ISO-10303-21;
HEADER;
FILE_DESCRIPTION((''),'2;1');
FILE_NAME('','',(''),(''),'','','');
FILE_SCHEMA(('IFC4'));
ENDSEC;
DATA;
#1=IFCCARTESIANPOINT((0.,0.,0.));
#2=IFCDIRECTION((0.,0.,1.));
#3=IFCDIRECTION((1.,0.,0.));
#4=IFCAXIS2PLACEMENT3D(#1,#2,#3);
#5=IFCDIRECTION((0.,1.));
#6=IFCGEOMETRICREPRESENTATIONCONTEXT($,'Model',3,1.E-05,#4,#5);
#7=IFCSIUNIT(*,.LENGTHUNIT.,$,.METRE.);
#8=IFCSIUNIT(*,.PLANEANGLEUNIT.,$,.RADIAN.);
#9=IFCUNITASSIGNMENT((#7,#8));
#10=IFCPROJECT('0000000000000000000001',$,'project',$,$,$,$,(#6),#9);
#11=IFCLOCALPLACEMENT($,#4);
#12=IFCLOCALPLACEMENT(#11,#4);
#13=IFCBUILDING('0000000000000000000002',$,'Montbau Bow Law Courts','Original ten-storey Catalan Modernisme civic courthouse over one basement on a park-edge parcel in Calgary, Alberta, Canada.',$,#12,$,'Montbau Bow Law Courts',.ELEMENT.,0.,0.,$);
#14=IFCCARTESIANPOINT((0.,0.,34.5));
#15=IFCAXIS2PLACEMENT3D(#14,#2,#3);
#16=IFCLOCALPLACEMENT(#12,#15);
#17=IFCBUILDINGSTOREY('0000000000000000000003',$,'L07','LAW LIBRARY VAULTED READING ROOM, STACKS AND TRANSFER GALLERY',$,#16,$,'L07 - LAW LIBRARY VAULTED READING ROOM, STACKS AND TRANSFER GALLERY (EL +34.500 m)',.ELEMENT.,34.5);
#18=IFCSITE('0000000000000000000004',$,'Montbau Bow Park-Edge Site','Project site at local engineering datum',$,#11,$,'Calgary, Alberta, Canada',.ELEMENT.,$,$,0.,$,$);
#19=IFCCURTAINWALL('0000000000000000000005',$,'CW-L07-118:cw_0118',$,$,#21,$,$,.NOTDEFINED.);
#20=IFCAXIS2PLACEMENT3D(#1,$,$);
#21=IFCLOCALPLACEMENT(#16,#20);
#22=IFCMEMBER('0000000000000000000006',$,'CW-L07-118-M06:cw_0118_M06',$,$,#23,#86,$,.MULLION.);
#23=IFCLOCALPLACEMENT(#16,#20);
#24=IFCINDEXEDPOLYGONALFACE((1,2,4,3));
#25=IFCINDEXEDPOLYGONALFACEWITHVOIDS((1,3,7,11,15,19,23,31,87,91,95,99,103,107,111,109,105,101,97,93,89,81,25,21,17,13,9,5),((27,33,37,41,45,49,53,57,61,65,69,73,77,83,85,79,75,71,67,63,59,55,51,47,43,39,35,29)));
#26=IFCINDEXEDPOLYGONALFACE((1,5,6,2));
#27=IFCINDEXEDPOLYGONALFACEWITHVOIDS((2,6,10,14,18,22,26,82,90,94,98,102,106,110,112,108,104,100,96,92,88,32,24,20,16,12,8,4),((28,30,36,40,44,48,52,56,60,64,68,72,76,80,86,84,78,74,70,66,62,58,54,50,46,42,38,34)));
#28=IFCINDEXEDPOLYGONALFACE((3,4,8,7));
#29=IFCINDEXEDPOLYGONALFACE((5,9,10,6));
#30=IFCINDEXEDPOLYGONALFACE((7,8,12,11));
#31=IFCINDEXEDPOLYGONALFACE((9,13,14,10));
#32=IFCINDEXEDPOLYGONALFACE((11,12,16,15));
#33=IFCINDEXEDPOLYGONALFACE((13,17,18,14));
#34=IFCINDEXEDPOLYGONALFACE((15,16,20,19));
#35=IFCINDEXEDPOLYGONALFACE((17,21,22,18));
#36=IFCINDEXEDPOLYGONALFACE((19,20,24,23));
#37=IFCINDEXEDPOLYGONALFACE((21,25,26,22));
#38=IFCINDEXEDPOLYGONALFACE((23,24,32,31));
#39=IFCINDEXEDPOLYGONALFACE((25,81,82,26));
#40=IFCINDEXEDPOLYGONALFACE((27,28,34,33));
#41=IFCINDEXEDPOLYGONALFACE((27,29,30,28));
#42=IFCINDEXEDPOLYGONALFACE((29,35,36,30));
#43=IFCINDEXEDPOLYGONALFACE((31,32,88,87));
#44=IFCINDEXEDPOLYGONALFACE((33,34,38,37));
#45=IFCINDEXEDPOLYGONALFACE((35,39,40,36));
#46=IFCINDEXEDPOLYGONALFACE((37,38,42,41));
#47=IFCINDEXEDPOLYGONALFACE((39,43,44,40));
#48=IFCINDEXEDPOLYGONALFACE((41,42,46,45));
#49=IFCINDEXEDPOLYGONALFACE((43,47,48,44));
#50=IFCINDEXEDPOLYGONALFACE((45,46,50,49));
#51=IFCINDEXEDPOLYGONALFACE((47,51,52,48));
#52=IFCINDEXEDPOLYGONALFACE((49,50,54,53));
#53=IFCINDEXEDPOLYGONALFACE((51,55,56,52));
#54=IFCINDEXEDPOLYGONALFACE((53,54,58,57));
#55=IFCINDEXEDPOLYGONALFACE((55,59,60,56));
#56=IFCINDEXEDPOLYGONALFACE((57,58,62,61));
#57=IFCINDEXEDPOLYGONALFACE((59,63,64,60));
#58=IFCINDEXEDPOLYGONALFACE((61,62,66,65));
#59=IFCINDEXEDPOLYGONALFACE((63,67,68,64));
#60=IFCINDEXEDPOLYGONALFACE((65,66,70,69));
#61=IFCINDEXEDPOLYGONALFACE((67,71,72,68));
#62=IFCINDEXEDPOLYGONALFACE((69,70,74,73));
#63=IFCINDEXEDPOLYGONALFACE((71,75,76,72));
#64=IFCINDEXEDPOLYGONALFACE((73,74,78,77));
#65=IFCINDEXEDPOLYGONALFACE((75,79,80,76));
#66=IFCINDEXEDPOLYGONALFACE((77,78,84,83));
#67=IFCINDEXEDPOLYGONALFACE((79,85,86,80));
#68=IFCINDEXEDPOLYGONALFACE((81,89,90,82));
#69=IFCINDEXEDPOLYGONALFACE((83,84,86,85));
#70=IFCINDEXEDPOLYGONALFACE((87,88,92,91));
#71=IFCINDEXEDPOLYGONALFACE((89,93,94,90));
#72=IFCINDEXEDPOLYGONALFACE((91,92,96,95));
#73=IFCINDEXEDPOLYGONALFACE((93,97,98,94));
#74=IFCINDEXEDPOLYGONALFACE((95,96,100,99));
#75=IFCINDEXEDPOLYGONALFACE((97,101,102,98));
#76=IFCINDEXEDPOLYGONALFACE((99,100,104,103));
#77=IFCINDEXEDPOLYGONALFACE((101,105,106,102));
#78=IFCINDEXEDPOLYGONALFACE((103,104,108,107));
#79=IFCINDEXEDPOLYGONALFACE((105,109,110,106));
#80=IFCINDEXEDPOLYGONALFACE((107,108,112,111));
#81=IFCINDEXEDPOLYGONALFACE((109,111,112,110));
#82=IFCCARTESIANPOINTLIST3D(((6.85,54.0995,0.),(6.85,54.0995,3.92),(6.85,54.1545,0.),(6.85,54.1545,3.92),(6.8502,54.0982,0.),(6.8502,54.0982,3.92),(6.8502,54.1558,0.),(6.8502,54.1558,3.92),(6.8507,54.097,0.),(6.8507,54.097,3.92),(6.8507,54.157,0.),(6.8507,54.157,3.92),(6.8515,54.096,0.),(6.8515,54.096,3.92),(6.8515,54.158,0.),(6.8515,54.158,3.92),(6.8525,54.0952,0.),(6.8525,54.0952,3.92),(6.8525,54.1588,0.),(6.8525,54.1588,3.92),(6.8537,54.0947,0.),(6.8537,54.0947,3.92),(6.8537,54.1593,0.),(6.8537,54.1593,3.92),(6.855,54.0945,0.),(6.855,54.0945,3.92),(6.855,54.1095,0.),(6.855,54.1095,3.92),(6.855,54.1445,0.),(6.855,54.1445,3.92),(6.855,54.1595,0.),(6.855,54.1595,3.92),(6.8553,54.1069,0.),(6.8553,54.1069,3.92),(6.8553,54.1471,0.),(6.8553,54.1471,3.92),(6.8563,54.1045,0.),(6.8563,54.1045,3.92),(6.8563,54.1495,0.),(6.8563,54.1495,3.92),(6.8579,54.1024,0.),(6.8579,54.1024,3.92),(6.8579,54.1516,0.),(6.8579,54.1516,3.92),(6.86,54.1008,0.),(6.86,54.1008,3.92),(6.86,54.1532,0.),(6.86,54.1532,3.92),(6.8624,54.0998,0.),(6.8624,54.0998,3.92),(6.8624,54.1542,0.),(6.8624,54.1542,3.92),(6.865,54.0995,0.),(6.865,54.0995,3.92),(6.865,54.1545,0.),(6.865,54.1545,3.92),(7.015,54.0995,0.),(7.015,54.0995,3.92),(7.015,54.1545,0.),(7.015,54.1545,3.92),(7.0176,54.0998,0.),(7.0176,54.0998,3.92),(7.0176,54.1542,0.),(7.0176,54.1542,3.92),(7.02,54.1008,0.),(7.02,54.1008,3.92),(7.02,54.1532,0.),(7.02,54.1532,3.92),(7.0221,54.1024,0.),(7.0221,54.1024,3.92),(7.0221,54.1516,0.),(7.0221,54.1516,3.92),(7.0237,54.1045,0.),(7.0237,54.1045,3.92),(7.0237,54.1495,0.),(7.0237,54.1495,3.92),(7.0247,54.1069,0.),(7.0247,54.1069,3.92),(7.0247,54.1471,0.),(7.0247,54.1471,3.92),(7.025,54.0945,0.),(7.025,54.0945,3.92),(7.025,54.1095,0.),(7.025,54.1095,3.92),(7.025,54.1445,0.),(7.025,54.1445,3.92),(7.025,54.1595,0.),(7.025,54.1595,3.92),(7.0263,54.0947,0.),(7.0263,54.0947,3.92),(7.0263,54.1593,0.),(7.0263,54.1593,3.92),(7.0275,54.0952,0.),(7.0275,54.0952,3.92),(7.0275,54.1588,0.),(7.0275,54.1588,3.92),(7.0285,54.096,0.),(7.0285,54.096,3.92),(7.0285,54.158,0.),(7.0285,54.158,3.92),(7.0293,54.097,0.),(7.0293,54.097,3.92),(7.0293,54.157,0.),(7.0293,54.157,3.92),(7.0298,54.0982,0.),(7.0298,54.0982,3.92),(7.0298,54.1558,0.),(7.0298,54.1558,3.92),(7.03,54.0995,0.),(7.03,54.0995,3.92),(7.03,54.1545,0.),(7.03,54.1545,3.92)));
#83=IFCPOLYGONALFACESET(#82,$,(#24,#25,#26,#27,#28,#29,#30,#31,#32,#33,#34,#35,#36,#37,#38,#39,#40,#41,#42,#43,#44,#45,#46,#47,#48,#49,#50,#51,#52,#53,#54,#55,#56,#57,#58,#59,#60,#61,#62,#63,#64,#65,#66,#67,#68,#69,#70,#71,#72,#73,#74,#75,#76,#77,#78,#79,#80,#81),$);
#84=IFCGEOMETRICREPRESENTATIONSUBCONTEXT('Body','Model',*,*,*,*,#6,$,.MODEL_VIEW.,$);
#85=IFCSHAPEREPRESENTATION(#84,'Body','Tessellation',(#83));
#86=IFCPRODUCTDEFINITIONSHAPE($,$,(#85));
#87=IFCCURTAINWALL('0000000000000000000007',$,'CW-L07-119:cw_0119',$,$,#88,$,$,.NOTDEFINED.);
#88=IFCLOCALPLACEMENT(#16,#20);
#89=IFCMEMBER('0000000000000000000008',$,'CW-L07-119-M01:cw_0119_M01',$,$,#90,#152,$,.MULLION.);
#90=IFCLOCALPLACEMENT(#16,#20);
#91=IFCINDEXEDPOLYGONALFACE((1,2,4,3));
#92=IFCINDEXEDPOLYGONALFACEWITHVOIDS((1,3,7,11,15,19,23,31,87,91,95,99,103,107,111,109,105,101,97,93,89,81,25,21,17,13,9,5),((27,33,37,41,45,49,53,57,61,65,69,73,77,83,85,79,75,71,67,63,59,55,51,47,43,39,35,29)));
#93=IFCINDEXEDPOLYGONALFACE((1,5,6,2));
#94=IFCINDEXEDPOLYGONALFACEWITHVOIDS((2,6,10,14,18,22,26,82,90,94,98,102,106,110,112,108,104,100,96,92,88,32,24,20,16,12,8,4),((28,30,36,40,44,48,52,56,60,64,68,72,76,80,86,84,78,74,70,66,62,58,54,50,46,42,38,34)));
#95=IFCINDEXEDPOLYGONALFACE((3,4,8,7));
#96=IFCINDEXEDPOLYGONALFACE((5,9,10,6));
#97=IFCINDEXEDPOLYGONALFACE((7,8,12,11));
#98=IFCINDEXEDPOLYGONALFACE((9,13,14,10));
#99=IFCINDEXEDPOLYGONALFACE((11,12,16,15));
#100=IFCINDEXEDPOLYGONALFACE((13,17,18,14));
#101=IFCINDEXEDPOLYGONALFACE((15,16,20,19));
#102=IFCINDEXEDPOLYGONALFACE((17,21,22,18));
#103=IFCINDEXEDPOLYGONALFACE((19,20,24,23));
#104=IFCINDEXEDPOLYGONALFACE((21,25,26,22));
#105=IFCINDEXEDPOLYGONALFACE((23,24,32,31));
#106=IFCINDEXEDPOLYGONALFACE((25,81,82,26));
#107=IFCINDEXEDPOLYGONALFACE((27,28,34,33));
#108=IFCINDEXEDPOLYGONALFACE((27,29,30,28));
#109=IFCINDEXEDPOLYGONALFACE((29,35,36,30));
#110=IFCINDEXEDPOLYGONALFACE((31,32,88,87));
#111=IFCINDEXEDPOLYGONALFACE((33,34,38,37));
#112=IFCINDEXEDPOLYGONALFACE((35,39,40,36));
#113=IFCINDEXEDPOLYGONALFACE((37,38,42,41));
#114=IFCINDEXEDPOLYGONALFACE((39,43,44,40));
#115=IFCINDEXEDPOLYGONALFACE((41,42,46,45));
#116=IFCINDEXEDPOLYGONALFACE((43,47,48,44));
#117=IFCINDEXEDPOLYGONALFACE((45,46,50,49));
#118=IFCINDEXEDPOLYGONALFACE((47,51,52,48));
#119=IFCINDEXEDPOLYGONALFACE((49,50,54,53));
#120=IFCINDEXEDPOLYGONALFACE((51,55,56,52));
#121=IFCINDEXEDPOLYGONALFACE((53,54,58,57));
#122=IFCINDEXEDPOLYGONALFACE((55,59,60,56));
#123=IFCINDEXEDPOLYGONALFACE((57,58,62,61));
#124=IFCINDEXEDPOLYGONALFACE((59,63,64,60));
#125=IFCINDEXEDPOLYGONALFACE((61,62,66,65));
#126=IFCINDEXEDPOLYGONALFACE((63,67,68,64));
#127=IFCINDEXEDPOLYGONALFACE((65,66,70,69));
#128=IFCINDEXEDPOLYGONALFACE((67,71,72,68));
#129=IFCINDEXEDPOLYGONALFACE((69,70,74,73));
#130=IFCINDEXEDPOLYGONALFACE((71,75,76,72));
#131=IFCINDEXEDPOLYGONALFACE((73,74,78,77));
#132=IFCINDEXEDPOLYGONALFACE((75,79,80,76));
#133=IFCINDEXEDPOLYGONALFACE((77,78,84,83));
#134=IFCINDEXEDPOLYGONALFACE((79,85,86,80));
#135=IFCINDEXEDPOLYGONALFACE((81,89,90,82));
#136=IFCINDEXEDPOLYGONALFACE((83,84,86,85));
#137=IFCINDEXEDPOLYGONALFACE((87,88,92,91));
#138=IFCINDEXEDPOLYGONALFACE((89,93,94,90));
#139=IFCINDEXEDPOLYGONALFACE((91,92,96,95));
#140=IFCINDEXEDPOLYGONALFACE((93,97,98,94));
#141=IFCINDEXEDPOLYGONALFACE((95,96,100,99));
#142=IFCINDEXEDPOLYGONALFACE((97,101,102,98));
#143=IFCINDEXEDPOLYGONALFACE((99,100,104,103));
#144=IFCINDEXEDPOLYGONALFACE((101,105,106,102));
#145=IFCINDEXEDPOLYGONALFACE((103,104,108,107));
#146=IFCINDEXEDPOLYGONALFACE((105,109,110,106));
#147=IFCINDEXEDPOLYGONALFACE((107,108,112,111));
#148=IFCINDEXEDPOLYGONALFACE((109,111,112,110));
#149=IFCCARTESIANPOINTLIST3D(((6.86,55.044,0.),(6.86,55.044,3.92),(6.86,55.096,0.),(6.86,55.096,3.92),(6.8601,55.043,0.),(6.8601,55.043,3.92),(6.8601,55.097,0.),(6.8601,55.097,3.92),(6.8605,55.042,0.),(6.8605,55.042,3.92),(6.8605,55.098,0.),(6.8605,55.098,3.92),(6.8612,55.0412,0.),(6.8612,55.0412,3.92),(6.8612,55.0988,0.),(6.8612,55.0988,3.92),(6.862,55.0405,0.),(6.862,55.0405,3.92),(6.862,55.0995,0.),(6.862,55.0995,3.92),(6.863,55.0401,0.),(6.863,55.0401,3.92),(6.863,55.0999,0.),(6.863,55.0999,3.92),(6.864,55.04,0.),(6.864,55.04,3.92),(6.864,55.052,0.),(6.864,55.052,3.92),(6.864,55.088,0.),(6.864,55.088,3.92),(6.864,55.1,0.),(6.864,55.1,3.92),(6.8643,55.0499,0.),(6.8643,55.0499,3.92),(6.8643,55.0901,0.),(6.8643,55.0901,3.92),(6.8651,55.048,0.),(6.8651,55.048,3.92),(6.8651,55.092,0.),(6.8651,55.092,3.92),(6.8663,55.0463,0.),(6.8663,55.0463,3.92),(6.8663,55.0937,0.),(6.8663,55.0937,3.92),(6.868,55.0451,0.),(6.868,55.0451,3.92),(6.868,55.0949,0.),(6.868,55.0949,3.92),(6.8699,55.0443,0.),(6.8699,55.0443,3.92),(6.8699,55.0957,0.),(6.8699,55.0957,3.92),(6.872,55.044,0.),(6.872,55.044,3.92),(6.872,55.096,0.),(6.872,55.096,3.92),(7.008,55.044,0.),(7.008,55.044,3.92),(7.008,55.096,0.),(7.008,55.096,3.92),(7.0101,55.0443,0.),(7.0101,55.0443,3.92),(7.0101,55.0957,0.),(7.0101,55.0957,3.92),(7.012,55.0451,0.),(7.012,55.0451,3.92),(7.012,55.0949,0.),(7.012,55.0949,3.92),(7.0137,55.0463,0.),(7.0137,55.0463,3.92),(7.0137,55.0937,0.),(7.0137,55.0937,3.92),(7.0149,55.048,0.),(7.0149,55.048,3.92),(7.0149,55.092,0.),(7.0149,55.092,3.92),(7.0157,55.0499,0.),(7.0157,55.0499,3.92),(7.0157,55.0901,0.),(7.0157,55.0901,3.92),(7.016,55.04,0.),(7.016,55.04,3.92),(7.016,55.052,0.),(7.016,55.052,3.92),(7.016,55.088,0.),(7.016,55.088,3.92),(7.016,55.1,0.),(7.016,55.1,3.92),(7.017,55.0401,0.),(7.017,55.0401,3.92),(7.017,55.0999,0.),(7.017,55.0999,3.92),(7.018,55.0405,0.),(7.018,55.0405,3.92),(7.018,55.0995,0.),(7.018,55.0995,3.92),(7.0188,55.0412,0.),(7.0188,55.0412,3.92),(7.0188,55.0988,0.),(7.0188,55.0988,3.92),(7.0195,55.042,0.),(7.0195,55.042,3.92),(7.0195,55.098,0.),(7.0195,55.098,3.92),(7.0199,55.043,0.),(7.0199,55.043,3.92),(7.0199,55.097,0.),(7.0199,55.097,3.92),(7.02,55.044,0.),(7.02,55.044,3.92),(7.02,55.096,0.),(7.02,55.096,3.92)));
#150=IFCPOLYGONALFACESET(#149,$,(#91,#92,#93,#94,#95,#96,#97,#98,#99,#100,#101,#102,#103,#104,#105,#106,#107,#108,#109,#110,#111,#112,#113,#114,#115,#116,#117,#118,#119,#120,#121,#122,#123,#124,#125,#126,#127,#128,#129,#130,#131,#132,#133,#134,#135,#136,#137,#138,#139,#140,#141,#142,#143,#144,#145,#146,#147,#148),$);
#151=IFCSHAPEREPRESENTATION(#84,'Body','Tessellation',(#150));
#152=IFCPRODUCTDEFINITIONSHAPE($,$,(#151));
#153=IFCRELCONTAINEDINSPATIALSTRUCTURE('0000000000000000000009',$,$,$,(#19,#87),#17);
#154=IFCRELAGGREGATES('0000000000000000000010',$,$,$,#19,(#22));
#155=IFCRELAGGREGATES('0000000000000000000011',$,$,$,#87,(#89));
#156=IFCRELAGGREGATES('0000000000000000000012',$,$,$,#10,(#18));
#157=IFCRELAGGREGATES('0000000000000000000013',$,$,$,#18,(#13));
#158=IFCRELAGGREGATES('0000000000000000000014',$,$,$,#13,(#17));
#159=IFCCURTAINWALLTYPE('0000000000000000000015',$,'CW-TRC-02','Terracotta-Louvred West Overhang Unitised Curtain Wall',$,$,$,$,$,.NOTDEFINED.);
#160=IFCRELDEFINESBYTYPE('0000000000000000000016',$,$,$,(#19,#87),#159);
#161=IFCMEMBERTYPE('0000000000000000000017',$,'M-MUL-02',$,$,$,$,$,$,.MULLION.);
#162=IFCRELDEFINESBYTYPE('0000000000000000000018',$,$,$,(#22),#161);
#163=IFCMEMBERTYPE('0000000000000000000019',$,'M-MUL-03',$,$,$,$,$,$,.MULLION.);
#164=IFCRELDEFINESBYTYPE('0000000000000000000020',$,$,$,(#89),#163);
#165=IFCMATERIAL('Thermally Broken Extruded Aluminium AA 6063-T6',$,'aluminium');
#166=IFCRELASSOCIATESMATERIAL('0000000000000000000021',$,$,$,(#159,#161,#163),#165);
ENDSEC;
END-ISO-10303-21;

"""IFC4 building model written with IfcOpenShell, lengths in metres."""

from ifc_helpers import new_model, si_unit, direction, frame, origin_with_axes, origin_2d_with_axis, place, context, subcontext, project, spatial, hollow_rectangle, extrude, material, material_profile, profile_set, type_object, element, aggregate, save


model = new_model("IFC4")

# Units and contexts
model_context = context("Model", 3, precision=1e-05, world=origin_with_axes(), true_north=direction((0.0, 1.0)))
body_context = subcontext(model_context, "Body", "Model", "MODEL_VIEW")
ifc_project = project(units=[si_unit("LENGTHUNIT", "METRE"), si_unit("PLANEANGLEUNIT", "RADIAN")], contexts=[model_context])

# Site, building, storey
site_placement = place(None, origin_with_axes())
site = spatial("IfcSite", under=ifc_project, at=site_placement, Name="Montbau Bow Park-Edge Site", Description="Project site at local engineering datum", LongName="Calgary, Alberta, Canada", CompositionType="ELEMENT", RefElevation=0.0)
building_placement = place(site_placement, origin_with_axes())
building = spatial("IfcBuilding", under=site, at=building_placement, Name="Montbau Bow Law Courts", Description="Original ten-storey Catalan Modernisme civic courthouse over one basement on a park-edge parcel in Calgary, Alberta, Canada.", LongName="Montbau Bow Law Courts", CompositionType="ELEMENT", ElevationOfRefHeight=0.0, ElevationOfTerrain=0.0)
storey_placement = place(building_placement, frame((0.0, 0.0, 34.5), z_axis=(0.0, 0.0, 1.0), x_axis=(1.0, 0.0, 0.0)))
storey = spatial("IfcBuildingStorey", under=building, at=storey_placement, Name="L07", Description="LAW LIBRARY VAULTED READING ROOM, STACKS AND TRANSFER GALLERY", LongName="L07 - LAW LIBRARY VAULTED READING ROOM, STACKS AND TRANSFER GALLERY (EL +34.500 m)", CompositionType="ELEMENT", Elevation=34.5)

# Curtain wall, member
ifc_material_1 = material(Name="Thermally Broken Extruded Aluminium AA 6063-T6", Category="aluminium")
curtain_wall_type = type_object("IfcCurtainWallType", Name="CW-TRC-02", Description="Terracotta-Louvred West Overhang Unitised Curtain Wall", PredefinedType="NOTDEFINED", material=ifc_material_1)
curtain_wall_1_placement = place(None, frame((6.94, 46.64, 34.5), z_axis=(0.0, 0.0, 1.0), x_axis=(1.0, 0.0, 0.0)))
curtain_wall_1 = element("IfcCurtainWall", 1, at=curtain_wall_1_placement, inside=storey, type_object=curtain_wall_type, Name="CW-L07-118:cw_0118", PredefinedType="NOTDEFINED")
ifc_material_profile_1 = material_profile(ifc_material_1, hollow_rectangle(XDim=0.065, YDim=0.18, WallThickness=0.005, InnerFilletRadius=0.01, OuterFilletRadius=0.005, at=origin_2d_with_axis()), Name="CWM-180X65", Category="Main", Priority=0)
ifc_profile_set_1 = profile_set([ifc_material_profile_1], Name="Thermally Broken Extruded Aluminium AA 6063-T6")
member_type_1 = type_object("IfcMemberType", Name="M-MUL-02", PredefinedType="MULLION", material=ifc_profile_set_1)
member_1_placement = place(None, frame((6.94, 54.127, 34.5), z_axis=(0.0, 0.0, 1.0), x_axis=(0.0, 1.0, 0.0)))
member_1 = element("IfcMember", 2, at=member_1_placement, type_object=member_type_1, Name="CW-L07-118-M06:cw_0118_M06", PredefinedType="MULLION", context=body_context, shape_type="SweptSolid", body=[
    extrude(hollow_rectangle(XDim=0.065, YDim=0.18, WallThickness=0.005, InnerFilletRadius=0.01, OuterFilletRadius=0.005, at=origin_2d_with_axis()), origin_with_axes(), (0.0, 0.0, 1.0), 3.92),
])

# Curtain wall, member
curtain_wall_2_placement = place(None, frame((6.94, 55.04, 34.5), z_axis=(0.0, 0.0, 1.0), x_axis=(1.0, 0.0, 0.0)))
curtain_wall_2 = element("IfcCurtainWall", 3, at=curtain_wall_2_placement, inside=storey, type_object=curtain_wall_type, Name="CW-L07-119:cw_0119", PredefinedType="NOTDEFINED")
ifc_material_profile_2 = material_profile(ifc_material_1, hollow_rectangle(XDim=0.06, YDim=0.16, WallThickness=0.004, InnerFilletRadius=0.008, OuterFilletRadius=0.004, at=origin_2d_with_axis()), Name="CWM-160X60", Category="Main", Priority=0)
ifc_profile_set_2 = profile_set([ifc_material_profile_2], Name="Thermally Broken Extruded Aluminium AA 6063-T6")
member_type_2 = type_object("IfcMemberType", Name="M-MUL-03", PredefinedType="MULLION", material=ifc_profile_set_2)
member_2_placement = place(None, frame((6.94, 55.07, 34.5), z_axis=(0.0, 0.0, 1.0), x_axis=(0.0, 1.0, 0.0)))
member_2 = element("IfcMember", 4, at=member_2_placement, type_object=member_type_2, Name="CW-L07-119-M01:cw_0119_M01", PredefinedType="MULLION", context=body_context, shape_type="SweptSolid", body=[
    extrude(hollow_rectangle(XDim=0.06, YDim=0.16, WallThickness=0.004, InnerFilletRadius=0.008, OuterFilletRadius=0.004, at=origin_2d_with_axis()), origin_with_axes(), (0.0, 0.0, 1.0), 3.92),
])

aggregate(curtain_wall_1, [member_1])
aggregate(curtain_wall_2, [member_2])

save(model, "model.ifc")
